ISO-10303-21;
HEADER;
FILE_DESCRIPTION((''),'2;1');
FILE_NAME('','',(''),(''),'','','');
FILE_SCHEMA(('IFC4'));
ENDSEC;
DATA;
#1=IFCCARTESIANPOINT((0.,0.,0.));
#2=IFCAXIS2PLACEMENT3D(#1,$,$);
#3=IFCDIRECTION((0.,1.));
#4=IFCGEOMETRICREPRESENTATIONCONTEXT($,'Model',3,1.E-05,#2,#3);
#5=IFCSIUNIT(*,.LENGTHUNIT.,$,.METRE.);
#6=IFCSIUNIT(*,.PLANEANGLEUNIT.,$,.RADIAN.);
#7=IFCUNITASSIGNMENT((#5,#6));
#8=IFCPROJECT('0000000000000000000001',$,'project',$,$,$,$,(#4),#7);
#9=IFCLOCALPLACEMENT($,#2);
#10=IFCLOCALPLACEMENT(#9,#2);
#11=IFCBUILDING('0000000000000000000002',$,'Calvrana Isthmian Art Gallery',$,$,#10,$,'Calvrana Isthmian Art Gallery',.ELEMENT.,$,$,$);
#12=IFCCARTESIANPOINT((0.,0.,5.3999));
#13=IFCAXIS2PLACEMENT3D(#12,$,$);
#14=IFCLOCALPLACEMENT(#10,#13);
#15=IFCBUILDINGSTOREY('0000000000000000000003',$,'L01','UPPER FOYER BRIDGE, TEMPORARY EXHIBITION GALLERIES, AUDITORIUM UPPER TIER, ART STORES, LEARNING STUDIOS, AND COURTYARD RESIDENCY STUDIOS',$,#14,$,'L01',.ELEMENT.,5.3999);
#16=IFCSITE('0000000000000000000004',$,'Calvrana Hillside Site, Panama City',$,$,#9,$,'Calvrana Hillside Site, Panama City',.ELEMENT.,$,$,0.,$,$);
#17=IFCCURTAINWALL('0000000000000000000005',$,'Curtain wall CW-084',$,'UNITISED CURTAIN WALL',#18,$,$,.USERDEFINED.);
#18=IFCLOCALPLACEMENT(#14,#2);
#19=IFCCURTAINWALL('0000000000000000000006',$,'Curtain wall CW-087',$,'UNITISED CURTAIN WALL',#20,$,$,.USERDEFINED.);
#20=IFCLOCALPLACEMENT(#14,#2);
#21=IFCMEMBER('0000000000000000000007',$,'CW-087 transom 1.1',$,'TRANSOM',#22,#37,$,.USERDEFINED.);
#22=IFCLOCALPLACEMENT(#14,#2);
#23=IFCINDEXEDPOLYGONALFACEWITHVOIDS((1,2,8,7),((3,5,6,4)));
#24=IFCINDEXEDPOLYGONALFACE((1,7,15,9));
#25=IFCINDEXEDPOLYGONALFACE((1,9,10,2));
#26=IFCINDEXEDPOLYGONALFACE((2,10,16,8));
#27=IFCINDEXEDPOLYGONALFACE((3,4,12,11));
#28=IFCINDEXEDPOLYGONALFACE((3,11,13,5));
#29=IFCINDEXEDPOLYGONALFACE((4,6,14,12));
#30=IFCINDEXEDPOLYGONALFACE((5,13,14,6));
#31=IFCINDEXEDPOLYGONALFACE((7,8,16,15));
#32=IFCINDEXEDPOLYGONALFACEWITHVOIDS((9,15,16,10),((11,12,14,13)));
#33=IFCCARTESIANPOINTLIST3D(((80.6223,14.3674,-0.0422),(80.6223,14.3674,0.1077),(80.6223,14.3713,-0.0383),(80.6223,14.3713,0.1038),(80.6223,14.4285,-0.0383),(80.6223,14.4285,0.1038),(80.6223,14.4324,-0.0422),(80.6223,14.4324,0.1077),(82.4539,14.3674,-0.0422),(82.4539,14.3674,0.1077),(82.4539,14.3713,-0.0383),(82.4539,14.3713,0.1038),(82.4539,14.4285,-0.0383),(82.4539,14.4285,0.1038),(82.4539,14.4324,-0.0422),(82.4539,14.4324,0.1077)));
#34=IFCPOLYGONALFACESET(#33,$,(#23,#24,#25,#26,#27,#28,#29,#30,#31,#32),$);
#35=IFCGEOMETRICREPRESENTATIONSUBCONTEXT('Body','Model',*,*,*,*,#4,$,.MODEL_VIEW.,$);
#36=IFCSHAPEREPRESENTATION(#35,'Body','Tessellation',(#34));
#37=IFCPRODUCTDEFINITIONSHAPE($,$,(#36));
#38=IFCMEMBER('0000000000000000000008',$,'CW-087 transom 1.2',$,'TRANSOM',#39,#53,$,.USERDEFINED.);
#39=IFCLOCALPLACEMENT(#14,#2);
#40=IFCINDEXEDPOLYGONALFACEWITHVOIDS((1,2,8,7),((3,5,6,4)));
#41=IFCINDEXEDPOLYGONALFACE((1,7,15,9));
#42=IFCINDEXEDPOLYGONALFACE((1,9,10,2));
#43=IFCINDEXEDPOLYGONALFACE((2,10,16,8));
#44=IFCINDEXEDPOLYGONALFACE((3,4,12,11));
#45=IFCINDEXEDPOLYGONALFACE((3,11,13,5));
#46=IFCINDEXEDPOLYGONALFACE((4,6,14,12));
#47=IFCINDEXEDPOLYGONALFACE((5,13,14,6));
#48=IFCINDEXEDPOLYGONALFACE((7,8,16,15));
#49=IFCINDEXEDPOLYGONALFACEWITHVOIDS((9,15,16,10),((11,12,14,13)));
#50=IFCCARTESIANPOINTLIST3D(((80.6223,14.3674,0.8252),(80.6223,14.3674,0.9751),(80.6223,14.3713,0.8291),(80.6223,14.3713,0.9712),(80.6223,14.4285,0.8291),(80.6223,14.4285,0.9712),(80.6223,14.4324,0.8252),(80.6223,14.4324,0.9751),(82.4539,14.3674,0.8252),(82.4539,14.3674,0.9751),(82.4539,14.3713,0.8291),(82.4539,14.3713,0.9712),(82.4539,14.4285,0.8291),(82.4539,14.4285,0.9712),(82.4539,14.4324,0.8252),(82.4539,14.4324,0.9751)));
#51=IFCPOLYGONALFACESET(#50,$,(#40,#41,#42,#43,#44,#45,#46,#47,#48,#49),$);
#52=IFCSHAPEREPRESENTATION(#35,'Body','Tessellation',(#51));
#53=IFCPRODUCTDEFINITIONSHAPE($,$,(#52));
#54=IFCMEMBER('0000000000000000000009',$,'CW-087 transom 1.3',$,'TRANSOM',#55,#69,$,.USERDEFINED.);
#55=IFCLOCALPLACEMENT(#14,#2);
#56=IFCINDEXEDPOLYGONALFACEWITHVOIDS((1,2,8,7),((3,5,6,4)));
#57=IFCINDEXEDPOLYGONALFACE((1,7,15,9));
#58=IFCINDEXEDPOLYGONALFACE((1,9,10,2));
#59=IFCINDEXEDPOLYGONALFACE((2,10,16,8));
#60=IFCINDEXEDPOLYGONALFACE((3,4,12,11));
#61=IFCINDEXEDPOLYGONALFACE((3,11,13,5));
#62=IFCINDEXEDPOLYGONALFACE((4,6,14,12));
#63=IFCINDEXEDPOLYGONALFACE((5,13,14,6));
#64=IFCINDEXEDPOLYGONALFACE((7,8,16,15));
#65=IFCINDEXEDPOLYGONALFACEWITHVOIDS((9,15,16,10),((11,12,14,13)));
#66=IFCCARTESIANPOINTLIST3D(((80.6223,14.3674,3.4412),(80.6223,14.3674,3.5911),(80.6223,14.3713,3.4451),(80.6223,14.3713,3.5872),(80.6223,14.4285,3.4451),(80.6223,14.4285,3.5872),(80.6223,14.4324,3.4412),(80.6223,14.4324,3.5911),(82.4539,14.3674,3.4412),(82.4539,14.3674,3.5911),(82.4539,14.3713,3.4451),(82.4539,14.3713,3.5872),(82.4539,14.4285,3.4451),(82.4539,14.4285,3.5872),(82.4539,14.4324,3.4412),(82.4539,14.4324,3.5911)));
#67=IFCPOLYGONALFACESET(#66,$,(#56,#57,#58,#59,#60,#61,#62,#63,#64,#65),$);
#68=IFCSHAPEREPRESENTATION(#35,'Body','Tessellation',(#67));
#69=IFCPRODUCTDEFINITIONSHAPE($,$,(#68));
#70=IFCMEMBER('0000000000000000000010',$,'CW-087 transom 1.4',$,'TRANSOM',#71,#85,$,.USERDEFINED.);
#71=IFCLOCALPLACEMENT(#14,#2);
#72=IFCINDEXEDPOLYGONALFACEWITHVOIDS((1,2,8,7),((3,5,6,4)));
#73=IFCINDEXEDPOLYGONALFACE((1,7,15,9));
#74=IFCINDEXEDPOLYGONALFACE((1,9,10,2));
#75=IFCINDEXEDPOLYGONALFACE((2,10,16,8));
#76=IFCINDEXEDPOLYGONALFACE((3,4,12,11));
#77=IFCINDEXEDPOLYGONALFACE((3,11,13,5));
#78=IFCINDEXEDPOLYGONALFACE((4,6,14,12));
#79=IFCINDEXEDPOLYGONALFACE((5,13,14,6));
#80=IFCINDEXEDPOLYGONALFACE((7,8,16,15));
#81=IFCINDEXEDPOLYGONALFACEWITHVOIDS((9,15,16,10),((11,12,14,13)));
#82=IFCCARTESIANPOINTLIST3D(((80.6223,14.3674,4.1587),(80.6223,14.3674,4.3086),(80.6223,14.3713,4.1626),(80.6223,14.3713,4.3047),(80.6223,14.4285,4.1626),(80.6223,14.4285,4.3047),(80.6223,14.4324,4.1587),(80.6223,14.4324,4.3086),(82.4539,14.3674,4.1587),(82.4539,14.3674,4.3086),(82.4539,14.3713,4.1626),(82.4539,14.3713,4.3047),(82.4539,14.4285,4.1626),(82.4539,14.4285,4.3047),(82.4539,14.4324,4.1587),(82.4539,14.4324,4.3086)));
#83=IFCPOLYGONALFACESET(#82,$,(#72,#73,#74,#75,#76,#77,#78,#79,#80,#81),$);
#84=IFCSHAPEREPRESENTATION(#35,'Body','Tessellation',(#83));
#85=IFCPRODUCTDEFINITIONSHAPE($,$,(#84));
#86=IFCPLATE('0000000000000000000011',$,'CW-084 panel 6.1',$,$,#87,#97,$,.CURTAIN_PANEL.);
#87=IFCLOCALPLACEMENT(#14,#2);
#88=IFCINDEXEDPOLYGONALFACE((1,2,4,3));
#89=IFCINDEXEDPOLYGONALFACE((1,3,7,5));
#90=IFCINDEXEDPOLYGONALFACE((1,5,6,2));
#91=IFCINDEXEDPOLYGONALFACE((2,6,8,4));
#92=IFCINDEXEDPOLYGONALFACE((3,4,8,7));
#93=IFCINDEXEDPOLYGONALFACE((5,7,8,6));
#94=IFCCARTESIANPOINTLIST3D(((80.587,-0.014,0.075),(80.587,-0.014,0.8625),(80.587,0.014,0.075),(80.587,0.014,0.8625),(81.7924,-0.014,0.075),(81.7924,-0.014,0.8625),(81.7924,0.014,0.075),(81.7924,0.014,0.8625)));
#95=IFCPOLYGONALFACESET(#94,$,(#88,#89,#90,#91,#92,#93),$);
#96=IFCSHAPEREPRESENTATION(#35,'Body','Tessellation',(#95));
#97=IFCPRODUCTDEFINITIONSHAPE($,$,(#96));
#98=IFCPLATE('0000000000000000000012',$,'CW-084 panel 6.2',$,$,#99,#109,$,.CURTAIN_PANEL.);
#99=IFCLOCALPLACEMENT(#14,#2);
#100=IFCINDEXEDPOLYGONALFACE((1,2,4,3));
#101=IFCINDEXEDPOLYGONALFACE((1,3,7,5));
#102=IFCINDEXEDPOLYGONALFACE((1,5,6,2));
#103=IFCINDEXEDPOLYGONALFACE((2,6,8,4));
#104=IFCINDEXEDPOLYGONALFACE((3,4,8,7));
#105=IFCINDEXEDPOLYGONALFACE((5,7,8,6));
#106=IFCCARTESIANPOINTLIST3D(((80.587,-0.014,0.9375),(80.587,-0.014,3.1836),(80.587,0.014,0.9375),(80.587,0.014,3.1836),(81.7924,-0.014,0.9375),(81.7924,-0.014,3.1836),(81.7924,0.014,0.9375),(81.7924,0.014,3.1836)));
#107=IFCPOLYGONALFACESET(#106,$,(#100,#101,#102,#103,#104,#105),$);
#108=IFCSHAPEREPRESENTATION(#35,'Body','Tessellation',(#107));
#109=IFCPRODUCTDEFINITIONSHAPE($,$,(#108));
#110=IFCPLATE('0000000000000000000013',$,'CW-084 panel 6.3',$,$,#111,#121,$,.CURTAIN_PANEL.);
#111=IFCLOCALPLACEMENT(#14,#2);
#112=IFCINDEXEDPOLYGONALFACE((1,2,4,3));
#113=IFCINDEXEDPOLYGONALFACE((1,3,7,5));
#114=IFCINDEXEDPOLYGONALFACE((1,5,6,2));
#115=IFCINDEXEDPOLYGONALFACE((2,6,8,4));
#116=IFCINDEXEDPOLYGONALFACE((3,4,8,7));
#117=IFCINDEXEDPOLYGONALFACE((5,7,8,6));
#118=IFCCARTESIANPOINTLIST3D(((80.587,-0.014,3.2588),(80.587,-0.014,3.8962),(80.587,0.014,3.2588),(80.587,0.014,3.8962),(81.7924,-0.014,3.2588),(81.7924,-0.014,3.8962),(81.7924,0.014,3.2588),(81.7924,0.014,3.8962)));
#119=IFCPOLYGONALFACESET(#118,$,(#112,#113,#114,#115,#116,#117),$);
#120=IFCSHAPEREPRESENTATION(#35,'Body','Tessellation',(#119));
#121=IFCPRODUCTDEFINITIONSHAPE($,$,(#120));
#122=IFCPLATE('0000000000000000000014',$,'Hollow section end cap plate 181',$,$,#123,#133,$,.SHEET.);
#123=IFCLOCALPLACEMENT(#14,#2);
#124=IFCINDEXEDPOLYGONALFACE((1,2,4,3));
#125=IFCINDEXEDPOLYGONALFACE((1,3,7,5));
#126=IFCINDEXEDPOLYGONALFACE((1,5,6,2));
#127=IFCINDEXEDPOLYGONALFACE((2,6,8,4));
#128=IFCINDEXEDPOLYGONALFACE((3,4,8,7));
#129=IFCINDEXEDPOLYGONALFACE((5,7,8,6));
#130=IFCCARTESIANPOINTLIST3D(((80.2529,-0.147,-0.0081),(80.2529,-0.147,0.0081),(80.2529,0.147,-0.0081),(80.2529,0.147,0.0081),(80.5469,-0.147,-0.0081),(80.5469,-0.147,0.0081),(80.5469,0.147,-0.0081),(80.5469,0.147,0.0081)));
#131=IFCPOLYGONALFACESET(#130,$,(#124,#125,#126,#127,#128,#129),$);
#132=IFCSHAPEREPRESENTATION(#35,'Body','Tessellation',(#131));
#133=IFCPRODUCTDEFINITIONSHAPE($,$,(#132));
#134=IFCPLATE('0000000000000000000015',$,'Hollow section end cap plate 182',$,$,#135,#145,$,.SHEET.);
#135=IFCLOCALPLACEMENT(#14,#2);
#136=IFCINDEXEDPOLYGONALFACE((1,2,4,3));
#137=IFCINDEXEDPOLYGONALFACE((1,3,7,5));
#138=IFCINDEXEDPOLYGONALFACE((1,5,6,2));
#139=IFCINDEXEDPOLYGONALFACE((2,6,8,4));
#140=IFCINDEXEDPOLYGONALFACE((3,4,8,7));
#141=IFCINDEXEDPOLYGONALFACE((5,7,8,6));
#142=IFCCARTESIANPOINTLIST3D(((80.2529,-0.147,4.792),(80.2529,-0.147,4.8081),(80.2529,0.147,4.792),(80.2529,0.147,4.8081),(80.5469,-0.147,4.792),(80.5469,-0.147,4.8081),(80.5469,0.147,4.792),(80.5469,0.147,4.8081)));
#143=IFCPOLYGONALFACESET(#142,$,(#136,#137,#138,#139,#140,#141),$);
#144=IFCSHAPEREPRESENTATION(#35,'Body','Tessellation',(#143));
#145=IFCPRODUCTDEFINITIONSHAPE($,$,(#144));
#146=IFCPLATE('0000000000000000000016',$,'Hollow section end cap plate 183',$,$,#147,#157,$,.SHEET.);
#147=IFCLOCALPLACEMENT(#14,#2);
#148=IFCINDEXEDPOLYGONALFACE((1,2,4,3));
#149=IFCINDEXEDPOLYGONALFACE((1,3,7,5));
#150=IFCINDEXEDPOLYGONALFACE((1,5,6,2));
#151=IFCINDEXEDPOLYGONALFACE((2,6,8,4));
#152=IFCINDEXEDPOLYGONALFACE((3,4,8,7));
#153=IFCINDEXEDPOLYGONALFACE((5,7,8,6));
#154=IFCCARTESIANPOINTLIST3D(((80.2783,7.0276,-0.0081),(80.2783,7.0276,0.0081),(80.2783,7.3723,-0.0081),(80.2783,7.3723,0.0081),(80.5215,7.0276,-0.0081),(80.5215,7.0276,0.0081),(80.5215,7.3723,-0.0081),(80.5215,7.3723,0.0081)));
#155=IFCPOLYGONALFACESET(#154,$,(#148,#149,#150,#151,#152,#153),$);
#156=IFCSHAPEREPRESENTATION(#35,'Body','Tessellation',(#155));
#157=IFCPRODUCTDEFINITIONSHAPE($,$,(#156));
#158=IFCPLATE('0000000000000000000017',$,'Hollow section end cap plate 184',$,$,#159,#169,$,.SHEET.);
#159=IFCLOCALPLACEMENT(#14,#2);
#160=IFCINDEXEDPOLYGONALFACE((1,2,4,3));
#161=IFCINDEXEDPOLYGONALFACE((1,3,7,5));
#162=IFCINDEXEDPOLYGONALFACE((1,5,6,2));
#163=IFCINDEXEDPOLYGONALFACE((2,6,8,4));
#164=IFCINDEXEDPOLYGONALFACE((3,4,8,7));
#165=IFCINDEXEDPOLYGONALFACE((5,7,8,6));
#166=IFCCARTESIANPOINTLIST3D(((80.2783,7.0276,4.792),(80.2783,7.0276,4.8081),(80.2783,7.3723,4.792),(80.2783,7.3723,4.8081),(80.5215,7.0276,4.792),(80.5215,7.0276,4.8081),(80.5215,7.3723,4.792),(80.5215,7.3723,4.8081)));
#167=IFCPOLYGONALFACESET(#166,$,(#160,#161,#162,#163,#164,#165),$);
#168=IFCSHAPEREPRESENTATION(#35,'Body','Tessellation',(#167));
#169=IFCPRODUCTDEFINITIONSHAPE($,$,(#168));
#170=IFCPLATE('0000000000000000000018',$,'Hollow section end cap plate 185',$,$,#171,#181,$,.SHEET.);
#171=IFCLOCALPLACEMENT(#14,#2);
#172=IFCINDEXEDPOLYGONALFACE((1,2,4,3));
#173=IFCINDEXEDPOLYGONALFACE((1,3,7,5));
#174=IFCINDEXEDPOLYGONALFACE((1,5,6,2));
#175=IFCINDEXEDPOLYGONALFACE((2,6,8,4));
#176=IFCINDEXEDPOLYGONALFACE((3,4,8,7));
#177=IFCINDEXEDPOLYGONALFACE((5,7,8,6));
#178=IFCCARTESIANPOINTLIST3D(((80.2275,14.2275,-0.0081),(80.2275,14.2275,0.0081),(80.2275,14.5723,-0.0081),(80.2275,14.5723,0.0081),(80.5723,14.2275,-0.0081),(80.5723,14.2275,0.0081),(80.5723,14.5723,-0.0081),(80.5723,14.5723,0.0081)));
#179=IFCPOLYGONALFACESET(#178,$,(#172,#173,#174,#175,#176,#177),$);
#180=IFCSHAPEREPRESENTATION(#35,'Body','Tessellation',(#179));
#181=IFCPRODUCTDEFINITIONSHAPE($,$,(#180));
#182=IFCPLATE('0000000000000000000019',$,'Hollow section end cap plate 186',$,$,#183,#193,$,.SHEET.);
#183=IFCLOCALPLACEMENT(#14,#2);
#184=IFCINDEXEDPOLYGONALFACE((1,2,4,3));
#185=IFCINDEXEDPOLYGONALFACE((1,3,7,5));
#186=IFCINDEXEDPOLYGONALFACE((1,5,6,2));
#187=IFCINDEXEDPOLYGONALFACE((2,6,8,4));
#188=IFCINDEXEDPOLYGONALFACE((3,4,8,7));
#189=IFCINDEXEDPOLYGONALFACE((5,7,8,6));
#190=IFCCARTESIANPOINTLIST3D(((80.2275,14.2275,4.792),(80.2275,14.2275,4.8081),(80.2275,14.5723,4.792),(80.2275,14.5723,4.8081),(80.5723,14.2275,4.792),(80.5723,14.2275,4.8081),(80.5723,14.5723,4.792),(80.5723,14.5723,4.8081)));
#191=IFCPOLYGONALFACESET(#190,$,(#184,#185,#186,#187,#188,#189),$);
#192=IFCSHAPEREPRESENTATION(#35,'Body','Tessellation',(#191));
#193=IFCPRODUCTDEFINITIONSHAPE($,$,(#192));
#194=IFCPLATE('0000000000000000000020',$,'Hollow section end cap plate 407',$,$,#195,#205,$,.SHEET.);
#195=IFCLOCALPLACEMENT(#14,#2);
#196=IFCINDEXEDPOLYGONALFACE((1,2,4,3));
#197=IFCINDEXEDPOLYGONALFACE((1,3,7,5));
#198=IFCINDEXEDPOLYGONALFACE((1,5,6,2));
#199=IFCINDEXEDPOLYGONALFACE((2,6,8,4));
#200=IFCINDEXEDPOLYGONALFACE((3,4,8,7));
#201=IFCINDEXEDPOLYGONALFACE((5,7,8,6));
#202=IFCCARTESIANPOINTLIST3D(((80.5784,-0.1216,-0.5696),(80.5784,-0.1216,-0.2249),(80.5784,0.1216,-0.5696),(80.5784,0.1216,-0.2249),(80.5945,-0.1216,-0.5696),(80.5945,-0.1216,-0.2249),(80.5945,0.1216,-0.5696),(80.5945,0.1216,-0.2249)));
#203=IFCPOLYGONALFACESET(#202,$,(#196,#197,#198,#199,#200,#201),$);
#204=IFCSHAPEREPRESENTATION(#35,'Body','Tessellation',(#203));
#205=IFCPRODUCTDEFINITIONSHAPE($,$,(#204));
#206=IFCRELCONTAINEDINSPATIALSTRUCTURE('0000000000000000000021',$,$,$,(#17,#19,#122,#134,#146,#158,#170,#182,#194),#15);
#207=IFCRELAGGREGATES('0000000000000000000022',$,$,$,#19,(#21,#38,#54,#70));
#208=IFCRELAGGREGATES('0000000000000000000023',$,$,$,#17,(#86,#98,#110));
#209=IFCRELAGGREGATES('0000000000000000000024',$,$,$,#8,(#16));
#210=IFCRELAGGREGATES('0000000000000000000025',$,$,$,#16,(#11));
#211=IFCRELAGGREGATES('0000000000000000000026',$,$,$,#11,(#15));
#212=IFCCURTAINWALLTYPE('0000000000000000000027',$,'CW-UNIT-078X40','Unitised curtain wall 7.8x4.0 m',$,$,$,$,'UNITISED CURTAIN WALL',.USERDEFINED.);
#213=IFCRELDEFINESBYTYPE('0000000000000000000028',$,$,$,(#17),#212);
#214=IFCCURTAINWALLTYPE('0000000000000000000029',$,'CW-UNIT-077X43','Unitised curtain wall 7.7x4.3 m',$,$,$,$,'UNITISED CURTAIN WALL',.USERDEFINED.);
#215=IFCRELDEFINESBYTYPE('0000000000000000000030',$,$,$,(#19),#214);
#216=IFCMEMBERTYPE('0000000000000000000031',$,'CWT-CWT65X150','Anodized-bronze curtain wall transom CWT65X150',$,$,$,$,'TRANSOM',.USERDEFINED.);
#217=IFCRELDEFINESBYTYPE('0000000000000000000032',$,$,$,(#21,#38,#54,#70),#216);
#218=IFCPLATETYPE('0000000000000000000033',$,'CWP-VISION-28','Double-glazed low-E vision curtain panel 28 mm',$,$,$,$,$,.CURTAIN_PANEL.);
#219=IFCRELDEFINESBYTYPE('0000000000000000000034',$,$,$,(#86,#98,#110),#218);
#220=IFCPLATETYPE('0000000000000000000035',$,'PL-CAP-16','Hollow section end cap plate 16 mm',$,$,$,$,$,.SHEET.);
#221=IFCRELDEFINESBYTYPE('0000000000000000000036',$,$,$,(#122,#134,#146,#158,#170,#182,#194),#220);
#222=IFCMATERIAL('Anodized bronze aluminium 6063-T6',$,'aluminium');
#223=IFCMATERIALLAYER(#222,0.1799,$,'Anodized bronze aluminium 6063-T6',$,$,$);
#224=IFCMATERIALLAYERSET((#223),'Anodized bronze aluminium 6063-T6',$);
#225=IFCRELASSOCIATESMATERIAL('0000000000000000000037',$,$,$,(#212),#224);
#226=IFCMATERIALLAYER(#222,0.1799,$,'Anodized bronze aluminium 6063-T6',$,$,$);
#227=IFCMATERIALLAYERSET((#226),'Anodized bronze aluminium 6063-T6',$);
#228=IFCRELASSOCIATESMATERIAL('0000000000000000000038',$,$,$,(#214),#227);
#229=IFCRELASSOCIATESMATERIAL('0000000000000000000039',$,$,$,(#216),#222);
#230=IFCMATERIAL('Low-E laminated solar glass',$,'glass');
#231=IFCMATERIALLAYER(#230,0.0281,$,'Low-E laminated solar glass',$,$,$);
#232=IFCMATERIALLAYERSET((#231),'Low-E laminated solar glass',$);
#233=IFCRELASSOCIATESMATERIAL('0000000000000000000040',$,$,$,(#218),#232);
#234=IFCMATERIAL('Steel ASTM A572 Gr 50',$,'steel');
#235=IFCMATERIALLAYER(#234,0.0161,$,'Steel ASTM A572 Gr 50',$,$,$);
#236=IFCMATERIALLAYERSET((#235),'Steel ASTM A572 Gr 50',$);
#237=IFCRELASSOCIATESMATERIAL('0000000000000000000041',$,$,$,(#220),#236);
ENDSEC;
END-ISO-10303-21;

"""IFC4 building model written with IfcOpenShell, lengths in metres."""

from ifc_helpers import new_model, si_unit, direction, frame, origin, origin_2d, place, context, subcontext, project, spatial, rectangle, hollow_rectangle, extrude, material, layer, layer_set, material_profile, profile_set, type_object, element, aggregate, save


model = new_model("IFC4")

# Units and contexts
model_context = context("Model", 3, precision=1e-05, world=origin(), true_north=direction((0.0, 1.0)))
body_context = subcontext(model_context, "Body", "Model", "MODEL_VIEW")
ifc_project = project(units=[si_unit("LENGTHUNIT", "METRE"), si_unit("PLANEANGLEUNIT", "RADIAN")], contexts=[model_context])

# Site, building, storey
site_placement = place(None, origin())
site = spatial("IfcSite", under=ifc_project, at=site_placement, Name="Calvrana Hillside Site, Panama City", LongName="Calvrana Hillside Site, Panama City", CompositionType="ELEMENT", RefElevation=0.0)
building_placement = place(site_placement, origin())
building = spatial("IfcBuilding", under=site, at=building_placement, Name="Calvrana Isthmian Art Gallery", LongName="Calvrana Isthmian Art Gallery", CompositionType="ELEMENT")
storey_placement = place(building_placement, frame((0.0, 0.0, 5.3999)))
storey = spatial("IfcBuildingStorey", under=building, at=storey_placement, Name="L01", Description="UPPER FOYER BRIDGE, TEMPORARY EXHIBITION GALLERIES, AUDITORIUM UPPER TIER, ART STORES, LEARNING STUDIOS, AND COURTYARD RESIDENCY STUDIOS", LongName="L01", CompositionType="ELEMENT", Elevation=5.3999)

# Curtain wall
ifc_material_1 = material(Name="Anodized bronze aluminium 6063-T6", Category="aluminium")
ifc_layer_1 = layer(ifc_material_1, 0.1799, Name="Anodized bronze aluminium 6063-T6")
ifc_layer_set_1 = layer_set([ifc_layer_1], Name="Anodized bronze aluminium 6063-T6")
curtain_wall_type_1 = type_object("IfcCurtainWallType", Name="CW-UNIT-078X40", Description="Unitised curtain wall 7.8x4.0 m", ElementType="UNITISED CURTAIN WALL", PredefinedType="USERDEFINED", material=ifc_layer_set_1)
curtain_wall_1_placement = place(storey_placement, origin())
curtain_wall_1 = element("IfcCurtainWall", 1, at=curtain_wall_1_placement, inside=storey, type_object=curtain_wall_type_1, Name="Curtain wall CW-084", ObjectType="UNITISED CURTAIN WALL", PredefinedType="USERDEFINED")

# Curtain wall, members
ifc_layer_2 = layer(ifc_material_1, 0.1799, Name="Anodized bronze aluminium 6063-T6")
ifc_layer_set_2 = layer_set([ifc_layer_2], Name="Anodized bronze aluminium 6063-T6")
curtain_wall_type_2 = type_object("IfcCurtainWallType", Name="CW-UNIT-077X43", Description="Unitised curtain wall 7.7x4.3 m", ElementType="UNITISED CURTAIN WALL", PredefinedType="USERDEFINED", material=ifc_layer_set_2)
curtain_wall_2_placement = place(storey_placement, origin())
curtain_wall_2 = element("IfcCurtainWall", 2, at=curtain_wall_2_placement, inside=storey, type_object=curtain_wall_type_2, Name="Curtain wall CW-087", ObjectType="UNITISED CURTAIN WALL", PredefinedType="USERDEFINED")
ifc_material_profile_1 = material_profile(ifc_material_1, hollow_rectangle(XDim=0.0649, YDim=0.1499, WallThickness=0.0039, at=origin_2d()), Name="CWT65X150")
ifc_profile_set_1 = profile_set([ifc_material_profile_1], Name="Anodized bronze aluminium 6063-T6")
member_type_1 = type_object("IfcMemberType", Name="CWT-CWT65X150", Description="Anodized-bronze curtain wall transom CWT65X150", ElementType="TRANSOM", PredefinedType="USERDEFINED", material=ifc_profile_set_1)
member_1_placement = place(storey_placement, frame((80.6223, 14.3999, 0.0327), z_axis=(1.0, 0.0, 0.0), x_axis=(0.0, 1.0, 0.0)))
member_1 = element("IfcMember", 3, at=member_1_placement, type_object=member_type_1, Name="CW-087 transom 1.1", ObjectType="TRANSOM", PredefinedType="USERDEFINED", context=body_context, shape_type="SweptSolid", body=[
    extrude(hollow_rectangle(XDim=0.0649, YDim=0.1499, WallThickness=0.0039, at=origin_2d()), origin(), (0.0, 0.0, 1.0), 1.8315),
])
member_2_placement = place(storey_placement, frame((80.6223, 14.3999, 0.9001), z_axis=(1.0, 0.0, 0.0), x_axis=(0.0, 1.0, 0.0)))
member_2 = element("IfcMember", 4, at=member_2_placement, type_object=member_type_1, Name="CW-087 transom 1.2", ObjectType="TRANSOM", PredefinedType="USERDEFINED", context=body_context, shape_type="SweptSolid", body=[
    extrude(hollow_rectangle(XDim=0.0649, YDim=0.1499, WallThickness=0.0039, at=origin_2d()), origin(), (0.0, 0.0, 1.0), 1.8315),
])
member_3_placement = place(storey_placement, frame((80.6223, 14.3999, 3.5161), z_axis=(1.0, 0.0, 0.0), x_axis=(0.0, 1.0, 0.0)))
member_3 = element("IfcMember", 5, at=member_3_placement, type_object=member_type_1, Name="CW-087 transom 1.3", ObjectType="TRANSOM", PredefinedType="USERDEFINED", context=body_context, shape_type="SweptSolid", body=[
    extrude(hollow_rectangle(XDim=0.0649, YDim=0.1499, WallThickness=0.0039, at=origin_2d()), origin(), (0.0, 0.0, 1.0), 1.8315),
])
member_4_placement = place(storey_placement, frame((80.6223, 14.3999, 4.2336), z_axis=(1.0, 0.0, 0.0), x_axis=(0.0, 1.0, 0.0)))
member_4 = element("IfcMember", 6, at=member_4_placement, type_object=member_type_1, Name="CW-087 transom 1.4", ObjectType="TRANSOM", PredefinedType="USERDEFINED", context=body_context, shape_type="SweptSolid", body=[
    extrude(hollow_rectangle(XDim=0.0649, YDim=0.1499, WallThickness=0.0039, at=origin_2d()), origin(), (0.0, 0.0, 1.0), 1.8315),
])
aggregate(curtain_wall_2, [member_1, member_2, member_3, member_4])

# Plates
ifc_material_2 = material(Name="Low-E laminated solar glass", Category="glass")
ifc_layer_3 = layer(ifc_material_2, 0.0281, Name="Low-E laminated solar glass")
ifc_layer_set_3 = layer_set([ifc_layer_3], Name="Low-E laminated solar glass")
plate_type_1 = type_object("IfcPlateType", Name="CWP-VISION-28", Description="Double-glazed low-E vision curtain panel 28 mm", PredefinedType="CURTAIN_PANEL", material=ifc_layer_set_3)
plate_1_placement = place(storey_placement, frame((81.1897, 0.0, 0.075), z_axis=(0.0, 0.0, 1.0), x_axis=(-1.0, 0.0, 0.0)))
plate_1 = element("IfcPlate", 7, at=plate_1_placement, type_object=plate_type_1, Name="CW-084 panel 6.1", PredefinedType="CURTAIN_PANEL", context=body_context, shape_type="SweptSolid", body=[
    extrude(rectangle(XDim=1.2053, YDim=0.0281, at=origin_2d()), origin(), (0.0, 0.0, 1.0), 0.7876),
])
plate_2_placement = place(storey_placement, frame((81.1897, 0.0, 0.9375), z_axis=(0.0, 0.0, 1.0), x_axis=(-1.0, 0.0, 0.0)))
plate_2 = element("IfcPlate", 8, at=plate_2_placement, type_object=plate_type_1, Name="CW-084 panel 6.2", PredefinedType="CURTAIN_PANEL", context=body_context, shape_type="SweptSolid", body=[
    extrude(rectangle(XDim=1.2053, YDim=0.0281, at=origin_2d()), origin(), (0.0, 0.0, 1.0), 2.2461),
])
plate_3_placement = place(storey_placement, frame((81.1897, 0.0, 3.2588), z_axis=(0.0, 0.0, 1.0), x_axis=(-1.0, 0.0, 0.0)))
plate_3 = element("IfcPlate", 9, at=plate_3_placement, type_object=plate_type_1, Name="CW-084 panel 6.3", PredefinedType="CURTAIN_PANEL", context=body_context, shape_type="SweptSolid", body=[
    extrude(rectangle(XDim=1.2053, YDim=0.0281, at=origin_2d()), origin(), (0.0, 0.0, 1.0), 0.6375),
])
aggregate(curtain_wall_1, [plate_1, plate_2, plate_3])

# Plates
ifc_material_3 = material(Name="Steel ASTM A572 Gr 50", Category="steel")
ifc_layer_4 = layer(ifc_material_3, 0.0161, Name="Steel ASTM A572 Gr 50")
ifc_layer_set_4 = layer_set([ifc_layer_4], Name="Steel ASTM A572 Gr 50")
plate_type_2 = type_object("IfcPlateType", Name="PL-CAP-16", Description="Hollow section end cap plate 16 mm", PredefinedType="SHEET", material=ifc_layer_set_4)
for number, where, z_axis, x_axis, name in (
    (10, (80.3999, 0.0, -0.0081), (0.0, 0.0, 1.0), (1.0, 0.0, 0.0), "Hollow section end cap plate 181"),
    (11, (80.3999, 0.0, 4.792), (0.0, 0.0, 1.0), (1.0, 0.0, 0.0), "Hollow section end cap plate 182"),
):
    element("IfcPlate", number, at=place(storey_placement, frame(where, z_axis=z_axis, x_axis=x_axis)), inside=storey, type_object=plate_type_2, Name=name, PredefinedType="SHEET", context=body_context, shape_type="SweptSolid", body=[
        extrude(rectangle(XDim=0.2939, YDim=0.2939, at=origin_2d()), origin(), (0.0, 0.0, 1.0), 0.0161),
    ])
for number, where, z_axis, x_axis, name in (
    (12, (80.3999, 7.2, -0.0081), (0.0, 0.0, 1.0), (1.0, 0.0, 0.0), "Hollow section end cap plate 183"),
    (13, (80.3999, 7.2, 4.792), (0.0, 0.0, 1.0), (1.0, 0.0, 0.0), "Hollow section end cap plate 184"),
):
    element("IfcPlate", number, at=place(storey_placement, frame(where, z_axis=z_axis, x_axis=x_axis)), inside=storey, type_object=plate_type_2, Name=name, PredefinedType="SHEET", context=body_context, shape_type="SweptSolid", body=[
        extrude(rectangle(XDim=0.2432, YDim=0.3447, at=origin_2d()), origin(), (0.0, 0.0, 1.0), 0.0161),
    ])
for number, where, z_axis, x_axis, name in (
    (14, (80.3999, 14.3999, -0.0081), (0.0, 0.0, 1.0), (1.0, 0.0, 0.0), "Hollow section end cap plate 185"),
    (15, (80.3999, 14.3999, 4.792), (0.0, 0.0, 1.0), (1.0, 0.0, 0.0), "Hollow section end cap plate 186"),
):
    element("IfcPlate", number, at=place(storey_placement, frame(where, z_axis=z_axis, x_axis=x_axis)), inside=storey, type_object=plate_type_2, Name=name, PredefinedType="SHEET", context=body_context, shape_type="SweptSolid", body=[
        extrude(rectangle(XDim=0.3447, YDim=0.3447, at=origin_2d()), origin(), (0.0, 0.0, 1.0), 0.0161),
    ])
plate_4_placement = place(storey_placement, frame((80.5864, 0.0, -0.5696), z_axis=(0.0, 0.0, 1.0), x_axis=(1.0, 0.0, 0.0)))
element("IfcPlate", 16, at=plate_4_placement, inside=storey, type_object=plate_type_2, Name="Hollow section end cap plate 407", PredefinedType="SHEET", context=body_context, shape_type="SweptSolid", body=[
    extrude(rectangle(XDim=0.0161, YDim=0.2432, at=origin_2d()), origin(), (0.0, 0.0, 1.0), 0.3447),
])

save(model, "model.ifc")
